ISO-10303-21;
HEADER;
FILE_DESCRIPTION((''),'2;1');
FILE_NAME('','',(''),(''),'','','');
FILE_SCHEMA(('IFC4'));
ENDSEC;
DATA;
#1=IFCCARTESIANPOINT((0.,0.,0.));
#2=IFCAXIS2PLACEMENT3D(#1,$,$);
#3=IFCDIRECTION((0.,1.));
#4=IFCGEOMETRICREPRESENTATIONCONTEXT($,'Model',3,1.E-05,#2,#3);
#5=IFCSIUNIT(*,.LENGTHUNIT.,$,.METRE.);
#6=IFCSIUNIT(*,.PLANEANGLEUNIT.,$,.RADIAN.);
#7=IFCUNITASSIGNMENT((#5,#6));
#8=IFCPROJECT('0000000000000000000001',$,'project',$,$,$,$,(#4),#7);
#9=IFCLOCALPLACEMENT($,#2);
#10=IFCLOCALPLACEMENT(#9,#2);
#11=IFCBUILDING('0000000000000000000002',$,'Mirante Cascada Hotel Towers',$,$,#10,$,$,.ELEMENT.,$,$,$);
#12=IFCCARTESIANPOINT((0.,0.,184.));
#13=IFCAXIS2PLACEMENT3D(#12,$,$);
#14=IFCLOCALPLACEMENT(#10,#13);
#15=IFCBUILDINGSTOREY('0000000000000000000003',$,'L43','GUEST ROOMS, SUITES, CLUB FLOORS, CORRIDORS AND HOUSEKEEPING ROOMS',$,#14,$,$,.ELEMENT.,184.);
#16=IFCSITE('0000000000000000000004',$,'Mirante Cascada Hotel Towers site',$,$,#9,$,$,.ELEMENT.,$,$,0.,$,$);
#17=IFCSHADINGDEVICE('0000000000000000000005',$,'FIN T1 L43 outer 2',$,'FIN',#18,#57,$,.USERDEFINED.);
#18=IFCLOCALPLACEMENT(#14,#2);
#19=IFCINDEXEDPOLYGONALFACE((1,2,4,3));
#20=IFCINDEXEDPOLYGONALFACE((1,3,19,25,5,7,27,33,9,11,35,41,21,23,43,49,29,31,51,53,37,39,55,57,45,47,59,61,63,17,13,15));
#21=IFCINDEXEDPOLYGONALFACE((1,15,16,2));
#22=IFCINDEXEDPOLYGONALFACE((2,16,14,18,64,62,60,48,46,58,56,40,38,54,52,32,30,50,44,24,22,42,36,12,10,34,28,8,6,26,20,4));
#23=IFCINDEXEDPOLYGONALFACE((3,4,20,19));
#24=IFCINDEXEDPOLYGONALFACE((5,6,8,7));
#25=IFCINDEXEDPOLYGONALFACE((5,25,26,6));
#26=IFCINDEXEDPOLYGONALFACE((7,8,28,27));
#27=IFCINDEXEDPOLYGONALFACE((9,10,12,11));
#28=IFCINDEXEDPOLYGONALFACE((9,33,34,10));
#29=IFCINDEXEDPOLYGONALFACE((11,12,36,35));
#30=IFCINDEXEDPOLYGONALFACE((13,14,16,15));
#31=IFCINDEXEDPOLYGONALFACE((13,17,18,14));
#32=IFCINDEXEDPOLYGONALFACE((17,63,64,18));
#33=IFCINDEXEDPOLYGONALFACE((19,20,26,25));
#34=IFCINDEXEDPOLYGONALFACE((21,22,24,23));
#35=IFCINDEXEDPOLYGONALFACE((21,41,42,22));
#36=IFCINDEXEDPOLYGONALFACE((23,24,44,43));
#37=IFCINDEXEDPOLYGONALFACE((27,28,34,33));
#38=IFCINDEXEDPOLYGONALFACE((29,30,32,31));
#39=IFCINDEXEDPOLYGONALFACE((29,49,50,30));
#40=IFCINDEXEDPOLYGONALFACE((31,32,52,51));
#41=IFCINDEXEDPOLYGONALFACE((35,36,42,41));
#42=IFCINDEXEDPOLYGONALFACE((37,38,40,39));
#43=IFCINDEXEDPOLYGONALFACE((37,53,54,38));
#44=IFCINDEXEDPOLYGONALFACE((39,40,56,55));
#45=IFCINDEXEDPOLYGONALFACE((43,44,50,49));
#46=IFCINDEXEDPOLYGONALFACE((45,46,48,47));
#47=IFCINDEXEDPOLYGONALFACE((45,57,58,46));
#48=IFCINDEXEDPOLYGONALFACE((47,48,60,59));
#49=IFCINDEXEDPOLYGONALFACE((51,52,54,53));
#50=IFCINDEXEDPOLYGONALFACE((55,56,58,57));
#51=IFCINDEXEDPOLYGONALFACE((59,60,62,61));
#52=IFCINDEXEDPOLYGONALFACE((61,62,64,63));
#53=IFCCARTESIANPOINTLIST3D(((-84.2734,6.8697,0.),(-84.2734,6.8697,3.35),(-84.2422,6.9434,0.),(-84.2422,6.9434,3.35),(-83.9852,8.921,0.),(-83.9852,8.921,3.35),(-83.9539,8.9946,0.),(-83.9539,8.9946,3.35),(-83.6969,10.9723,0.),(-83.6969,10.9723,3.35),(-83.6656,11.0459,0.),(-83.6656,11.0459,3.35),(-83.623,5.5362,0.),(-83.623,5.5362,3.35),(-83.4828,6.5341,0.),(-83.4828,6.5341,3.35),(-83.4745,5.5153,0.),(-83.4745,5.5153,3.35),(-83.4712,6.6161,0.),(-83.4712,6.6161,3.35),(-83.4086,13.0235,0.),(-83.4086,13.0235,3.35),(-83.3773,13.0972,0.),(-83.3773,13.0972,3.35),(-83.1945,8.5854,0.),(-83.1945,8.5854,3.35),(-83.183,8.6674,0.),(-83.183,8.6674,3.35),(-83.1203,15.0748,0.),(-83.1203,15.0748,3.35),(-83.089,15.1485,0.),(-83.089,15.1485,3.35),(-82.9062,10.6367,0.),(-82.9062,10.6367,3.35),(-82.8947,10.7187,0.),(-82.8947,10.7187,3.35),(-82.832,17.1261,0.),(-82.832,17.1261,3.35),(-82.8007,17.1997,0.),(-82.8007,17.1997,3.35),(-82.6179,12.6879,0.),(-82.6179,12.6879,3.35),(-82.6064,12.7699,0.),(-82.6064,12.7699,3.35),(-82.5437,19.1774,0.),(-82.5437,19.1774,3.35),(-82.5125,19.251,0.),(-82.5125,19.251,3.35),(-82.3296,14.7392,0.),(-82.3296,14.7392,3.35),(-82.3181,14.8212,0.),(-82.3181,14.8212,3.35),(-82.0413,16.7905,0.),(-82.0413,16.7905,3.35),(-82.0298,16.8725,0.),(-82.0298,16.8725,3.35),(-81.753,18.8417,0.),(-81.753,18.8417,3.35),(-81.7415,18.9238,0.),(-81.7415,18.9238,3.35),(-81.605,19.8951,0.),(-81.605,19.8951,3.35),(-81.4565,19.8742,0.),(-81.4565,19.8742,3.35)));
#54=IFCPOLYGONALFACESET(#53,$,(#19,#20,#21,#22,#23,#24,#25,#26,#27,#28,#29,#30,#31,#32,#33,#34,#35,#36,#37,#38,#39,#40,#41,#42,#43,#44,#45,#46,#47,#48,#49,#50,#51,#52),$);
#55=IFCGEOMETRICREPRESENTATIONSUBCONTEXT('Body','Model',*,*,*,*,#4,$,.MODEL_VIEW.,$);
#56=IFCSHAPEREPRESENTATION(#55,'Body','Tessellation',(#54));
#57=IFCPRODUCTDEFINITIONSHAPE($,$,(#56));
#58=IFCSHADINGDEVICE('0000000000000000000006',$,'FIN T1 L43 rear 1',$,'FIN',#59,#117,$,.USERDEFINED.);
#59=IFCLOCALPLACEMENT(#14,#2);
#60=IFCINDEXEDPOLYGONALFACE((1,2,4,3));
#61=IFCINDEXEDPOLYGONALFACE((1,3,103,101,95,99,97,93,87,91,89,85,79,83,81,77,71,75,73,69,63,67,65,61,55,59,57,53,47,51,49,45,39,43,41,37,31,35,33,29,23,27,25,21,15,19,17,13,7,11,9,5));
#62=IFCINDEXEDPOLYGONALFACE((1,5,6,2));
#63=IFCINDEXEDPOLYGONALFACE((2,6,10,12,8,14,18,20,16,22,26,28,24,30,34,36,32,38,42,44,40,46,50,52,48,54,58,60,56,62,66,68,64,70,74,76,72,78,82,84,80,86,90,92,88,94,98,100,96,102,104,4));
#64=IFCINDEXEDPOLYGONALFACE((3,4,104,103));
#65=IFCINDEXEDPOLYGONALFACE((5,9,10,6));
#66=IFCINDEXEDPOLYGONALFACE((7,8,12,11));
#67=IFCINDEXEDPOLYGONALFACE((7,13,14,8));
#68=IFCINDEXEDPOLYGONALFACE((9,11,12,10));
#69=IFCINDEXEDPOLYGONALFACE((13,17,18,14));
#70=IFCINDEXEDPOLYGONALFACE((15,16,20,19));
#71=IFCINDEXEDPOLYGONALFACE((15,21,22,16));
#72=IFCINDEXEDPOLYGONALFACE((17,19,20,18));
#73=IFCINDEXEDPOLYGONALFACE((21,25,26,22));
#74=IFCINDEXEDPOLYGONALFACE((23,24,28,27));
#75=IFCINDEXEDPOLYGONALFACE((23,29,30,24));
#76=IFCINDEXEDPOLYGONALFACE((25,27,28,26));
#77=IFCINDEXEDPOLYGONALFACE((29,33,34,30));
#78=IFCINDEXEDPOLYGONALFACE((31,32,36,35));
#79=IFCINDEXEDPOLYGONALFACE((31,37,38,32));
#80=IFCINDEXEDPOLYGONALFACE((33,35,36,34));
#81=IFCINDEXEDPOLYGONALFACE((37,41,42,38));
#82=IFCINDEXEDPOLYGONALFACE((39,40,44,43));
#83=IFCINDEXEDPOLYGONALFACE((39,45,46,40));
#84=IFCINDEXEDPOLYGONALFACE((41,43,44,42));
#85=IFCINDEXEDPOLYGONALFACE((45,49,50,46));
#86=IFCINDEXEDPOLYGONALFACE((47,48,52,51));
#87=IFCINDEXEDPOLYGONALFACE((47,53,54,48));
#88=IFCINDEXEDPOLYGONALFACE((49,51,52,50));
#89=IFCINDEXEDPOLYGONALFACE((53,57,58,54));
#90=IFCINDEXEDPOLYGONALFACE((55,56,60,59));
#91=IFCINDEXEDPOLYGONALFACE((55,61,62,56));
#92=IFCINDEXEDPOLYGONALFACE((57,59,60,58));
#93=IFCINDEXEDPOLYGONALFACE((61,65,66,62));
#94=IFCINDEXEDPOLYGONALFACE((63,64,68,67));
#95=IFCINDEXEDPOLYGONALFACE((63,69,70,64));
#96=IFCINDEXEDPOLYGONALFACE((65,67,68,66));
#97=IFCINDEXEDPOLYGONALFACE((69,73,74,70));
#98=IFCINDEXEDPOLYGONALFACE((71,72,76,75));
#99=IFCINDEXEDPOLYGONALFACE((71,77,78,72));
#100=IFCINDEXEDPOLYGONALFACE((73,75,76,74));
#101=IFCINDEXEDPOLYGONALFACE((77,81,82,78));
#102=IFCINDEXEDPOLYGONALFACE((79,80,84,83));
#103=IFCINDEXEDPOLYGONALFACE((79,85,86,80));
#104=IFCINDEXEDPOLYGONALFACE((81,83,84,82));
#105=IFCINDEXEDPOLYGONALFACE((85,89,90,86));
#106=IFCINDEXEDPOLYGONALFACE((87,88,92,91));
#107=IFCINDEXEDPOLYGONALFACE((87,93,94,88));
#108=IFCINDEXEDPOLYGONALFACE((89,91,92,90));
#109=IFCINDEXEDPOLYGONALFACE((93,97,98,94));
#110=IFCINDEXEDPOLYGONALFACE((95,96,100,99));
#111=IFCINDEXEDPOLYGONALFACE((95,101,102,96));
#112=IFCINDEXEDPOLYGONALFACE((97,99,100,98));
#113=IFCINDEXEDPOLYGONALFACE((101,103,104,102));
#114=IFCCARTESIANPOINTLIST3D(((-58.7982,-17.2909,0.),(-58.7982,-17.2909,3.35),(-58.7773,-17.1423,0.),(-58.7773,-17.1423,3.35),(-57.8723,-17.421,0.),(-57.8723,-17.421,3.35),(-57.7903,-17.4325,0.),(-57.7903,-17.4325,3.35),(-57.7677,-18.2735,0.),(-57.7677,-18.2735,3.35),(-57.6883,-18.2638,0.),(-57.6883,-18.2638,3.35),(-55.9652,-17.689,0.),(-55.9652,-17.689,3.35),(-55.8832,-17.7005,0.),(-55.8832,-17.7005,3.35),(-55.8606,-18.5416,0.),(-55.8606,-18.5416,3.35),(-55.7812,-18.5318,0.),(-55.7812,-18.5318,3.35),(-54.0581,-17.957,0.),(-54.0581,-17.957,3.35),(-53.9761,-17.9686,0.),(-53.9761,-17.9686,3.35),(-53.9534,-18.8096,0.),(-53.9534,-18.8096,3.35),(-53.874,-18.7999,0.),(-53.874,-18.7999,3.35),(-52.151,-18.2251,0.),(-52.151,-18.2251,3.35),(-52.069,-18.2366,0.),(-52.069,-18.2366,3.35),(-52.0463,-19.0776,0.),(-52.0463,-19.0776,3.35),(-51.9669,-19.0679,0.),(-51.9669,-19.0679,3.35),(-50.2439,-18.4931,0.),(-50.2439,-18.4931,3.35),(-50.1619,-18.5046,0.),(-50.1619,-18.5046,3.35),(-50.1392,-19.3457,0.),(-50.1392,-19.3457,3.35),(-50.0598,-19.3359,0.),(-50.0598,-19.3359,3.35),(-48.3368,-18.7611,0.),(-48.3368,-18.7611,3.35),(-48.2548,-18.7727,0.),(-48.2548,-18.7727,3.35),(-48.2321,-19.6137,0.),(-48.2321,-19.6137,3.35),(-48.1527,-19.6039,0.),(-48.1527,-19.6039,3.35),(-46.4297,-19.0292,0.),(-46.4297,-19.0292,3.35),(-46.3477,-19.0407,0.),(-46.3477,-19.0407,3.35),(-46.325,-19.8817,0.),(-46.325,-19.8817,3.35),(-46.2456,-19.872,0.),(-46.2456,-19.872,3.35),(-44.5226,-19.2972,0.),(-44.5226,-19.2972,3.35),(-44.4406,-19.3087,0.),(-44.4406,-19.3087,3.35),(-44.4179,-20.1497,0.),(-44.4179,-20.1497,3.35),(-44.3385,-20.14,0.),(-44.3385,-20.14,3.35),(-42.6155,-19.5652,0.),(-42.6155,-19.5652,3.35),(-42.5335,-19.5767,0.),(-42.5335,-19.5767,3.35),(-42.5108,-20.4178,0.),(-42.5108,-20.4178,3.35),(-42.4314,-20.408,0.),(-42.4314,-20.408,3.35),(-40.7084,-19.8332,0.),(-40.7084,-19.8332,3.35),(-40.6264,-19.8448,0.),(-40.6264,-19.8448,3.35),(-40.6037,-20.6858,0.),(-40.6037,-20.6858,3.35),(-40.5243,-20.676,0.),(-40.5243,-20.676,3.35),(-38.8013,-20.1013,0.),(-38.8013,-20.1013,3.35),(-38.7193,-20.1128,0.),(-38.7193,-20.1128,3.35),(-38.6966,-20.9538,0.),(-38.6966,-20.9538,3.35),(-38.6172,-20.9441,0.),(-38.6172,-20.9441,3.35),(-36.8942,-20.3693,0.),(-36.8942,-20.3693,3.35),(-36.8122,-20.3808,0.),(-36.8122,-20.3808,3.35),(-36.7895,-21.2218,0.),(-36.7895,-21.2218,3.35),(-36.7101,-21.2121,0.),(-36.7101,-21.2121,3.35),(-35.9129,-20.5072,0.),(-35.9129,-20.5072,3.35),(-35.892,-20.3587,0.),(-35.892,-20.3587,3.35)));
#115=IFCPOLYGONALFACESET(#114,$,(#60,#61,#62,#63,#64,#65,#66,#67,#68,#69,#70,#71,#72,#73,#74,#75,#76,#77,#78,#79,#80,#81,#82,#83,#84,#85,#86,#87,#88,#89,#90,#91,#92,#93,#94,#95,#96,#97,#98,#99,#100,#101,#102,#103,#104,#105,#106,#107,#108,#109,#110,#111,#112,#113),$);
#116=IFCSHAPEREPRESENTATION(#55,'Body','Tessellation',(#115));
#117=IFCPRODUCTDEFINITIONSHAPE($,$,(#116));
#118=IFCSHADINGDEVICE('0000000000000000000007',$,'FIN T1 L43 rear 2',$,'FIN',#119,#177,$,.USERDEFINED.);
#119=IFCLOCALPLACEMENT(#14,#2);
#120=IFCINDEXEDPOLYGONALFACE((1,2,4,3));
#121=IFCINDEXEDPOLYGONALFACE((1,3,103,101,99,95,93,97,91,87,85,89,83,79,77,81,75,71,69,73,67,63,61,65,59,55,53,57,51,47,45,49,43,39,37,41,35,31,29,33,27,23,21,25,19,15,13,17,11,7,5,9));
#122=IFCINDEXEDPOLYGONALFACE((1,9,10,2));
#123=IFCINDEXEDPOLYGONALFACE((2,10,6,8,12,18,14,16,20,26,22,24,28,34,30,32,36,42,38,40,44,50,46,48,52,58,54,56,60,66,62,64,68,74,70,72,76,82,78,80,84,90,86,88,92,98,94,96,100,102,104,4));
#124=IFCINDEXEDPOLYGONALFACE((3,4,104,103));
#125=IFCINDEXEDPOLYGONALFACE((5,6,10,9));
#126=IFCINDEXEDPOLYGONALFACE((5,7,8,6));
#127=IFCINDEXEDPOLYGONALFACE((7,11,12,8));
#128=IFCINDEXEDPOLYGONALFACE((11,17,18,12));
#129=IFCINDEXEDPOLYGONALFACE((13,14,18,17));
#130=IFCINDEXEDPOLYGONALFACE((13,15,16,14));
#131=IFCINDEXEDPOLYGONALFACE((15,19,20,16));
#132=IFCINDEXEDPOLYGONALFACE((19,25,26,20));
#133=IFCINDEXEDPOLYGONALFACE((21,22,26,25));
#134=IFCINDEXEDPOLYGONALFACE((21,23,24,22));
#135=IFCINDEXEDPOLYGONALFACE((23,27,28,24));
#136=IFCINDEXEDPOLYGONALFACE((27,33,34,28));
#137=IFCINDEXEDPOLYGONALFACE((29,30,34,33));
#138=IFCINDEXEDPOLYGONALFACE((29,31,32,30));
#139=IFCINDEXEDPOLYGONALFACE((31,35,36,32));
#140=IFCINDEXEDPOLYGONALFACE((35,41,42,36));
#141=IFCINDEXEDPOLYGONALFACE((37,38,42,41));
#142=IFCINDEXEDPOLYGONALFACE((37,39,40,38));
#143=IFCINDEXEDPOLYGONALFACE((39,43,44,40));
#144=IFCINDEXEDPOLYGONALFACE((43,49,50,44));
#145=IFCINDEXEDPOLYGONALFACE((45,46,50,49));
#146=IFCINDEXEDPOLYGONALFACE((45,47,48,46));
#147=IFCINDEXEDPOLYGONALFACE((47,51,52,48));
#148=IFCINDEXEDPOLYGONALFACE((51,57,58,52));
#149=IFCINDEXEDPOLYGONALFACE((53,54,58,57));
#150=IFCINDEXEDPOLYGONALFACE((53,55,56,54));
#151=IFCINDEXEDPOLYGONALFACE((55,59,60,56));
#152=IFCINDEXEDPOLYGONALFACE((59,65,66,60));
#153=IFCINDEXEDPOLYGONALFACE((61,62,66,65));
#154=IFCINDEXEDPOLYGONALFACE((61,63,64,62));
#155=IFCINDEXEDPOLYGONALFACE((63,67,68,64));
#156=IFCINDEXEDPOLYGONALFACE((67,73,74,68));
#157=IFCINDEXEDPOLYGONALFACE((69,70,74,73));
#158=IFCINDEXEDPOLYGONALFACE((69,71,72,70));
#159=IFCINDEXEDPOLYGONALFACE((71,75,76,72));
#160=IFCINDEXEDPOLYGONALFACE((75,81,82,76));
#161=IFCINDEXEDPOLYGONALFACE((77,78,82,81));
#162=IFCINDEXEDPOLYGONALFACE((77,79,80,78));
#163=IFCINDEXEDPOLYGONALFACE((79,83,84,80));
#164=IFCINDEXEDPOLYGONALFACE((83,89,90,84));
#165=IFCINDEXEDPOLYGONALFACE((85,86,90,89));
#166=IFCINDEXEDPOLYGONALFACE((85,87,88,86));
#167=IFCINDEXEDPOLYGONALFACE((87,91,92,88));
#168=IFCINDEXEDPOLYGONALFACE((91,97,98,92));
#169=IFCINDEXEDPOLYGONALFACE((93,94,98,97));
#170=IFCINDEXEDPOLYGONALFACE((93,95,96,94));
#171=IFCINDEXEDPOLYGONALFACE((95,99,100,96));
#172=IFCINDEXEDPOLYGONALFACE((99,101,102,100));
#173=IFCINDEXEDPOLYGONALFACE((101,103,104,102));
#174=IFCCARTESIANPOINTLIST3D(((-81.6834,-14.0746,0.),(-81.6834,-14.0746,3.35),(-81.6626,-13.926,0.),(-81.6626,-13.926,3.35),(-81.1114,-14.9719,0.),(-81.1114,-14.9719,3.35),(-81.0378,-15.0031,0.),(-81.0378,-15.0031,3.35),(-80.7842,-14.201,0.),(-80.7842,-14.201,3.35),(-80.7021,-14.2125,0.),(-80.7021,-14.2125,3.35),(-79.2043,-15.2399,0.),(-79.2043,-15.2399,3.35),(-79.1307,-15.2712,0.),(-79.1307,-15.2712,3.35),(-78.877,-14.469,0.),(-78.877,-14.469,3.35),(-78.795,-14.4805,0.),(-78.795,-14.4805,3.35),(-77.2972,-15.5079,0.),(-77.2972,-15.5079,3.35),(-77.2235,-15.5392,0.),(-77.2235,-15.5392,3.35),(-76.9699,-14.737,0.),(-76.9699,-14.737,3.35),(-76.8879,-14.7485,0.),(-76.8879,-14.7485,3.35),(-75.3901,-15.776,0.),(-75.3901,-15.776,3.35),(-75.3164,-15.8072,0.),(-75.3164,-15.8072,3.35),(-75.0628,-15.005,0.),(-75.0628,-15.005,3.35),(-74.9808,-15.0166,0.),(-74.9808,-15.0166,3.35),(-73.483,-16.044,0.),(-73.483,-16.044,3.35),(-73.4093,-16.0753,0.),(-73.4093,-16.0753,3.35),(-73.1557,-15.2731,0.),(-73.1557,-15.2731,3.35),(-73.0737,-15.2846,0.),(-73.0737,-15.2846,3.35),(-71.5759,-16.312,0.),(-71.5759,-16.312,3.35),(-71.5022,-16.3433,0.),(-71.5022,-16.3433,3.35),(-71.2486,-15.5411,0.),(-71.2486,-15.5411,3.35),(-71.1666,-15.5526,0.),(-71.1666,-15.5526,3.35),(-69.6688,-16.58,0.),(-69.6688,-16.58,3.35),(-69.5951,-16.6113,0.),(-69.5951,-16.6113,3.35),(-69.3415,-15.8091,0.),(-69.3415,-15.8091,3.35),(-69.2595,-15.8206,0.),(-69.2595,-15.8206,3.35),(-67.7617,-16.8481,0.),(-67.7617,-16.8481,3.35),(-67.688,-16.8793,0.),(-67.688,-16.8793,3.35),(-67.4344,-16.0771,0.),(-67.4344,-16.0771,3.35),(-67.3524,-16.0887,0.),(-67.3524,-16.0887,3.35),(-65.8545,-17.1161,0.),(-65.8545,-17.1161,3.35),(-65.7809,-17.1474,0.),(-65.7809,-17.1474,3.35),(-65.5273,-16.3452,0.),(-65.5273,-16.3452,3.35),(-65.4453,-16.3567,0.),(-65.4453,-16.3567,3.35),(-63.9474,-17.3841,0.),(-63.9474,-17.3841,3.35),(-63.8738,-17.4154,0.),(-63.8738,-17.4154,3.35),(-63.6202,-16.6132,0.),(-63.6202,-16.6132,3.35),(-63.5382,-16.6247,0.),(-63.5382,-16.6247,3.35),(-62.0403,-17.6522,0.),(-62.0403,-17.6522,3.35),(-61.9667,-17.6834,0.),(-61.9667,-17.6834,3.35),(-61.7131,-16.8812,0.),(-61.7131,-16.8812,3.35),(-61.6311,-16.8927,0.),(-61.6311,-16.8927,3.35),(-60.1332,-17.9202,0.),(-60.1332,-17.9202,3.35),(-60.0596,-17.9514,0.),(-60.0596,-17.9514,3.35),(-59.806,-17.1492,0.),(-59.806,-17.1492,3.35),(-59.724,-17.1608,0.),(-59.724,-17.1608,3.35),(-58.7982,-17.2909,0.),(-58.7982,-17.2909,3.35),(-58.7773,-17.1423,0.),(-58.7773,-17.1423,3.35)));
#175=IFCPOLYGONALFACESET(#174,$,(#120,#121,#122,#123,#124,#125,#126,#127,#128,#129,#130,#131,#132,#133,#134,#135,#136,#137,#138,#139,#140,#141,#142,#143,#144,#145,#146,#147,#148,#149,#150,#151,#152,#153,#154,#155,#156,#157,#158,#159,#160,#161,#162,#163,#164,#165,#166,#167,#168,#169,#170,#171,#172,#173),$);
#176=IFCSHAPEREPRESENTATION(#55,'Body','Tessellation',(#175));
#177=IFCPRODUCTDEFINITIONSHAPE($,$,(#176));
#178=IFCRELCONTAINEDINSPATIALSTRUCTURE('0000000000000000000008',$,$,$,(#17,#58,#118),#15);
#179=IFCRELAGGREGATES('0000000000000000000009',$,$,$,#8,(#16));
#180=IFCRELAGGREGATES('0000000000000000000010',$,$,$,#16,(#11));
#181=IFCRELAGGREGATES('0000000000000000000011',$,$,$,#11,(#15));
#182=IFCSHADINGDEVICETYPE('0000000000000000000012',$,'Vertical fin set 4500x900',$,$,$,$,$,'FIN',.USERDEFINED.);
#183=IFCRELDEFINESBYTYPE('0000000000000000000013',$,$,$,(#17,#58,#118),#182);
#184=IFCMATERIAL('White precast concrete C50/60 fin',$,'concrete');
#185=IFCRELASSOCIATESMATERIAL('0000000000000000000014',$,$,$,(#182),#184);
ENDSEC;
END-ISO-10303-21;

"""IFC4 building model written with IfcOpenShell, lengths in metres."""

from ifc_helpers import new_model, si_unit, direction, frame, origin, place, context, subcontext, project, spatial, polyline, outline, extrude, material, type_object, element, save


model = new_model("IFC4")

# Units and contexts
model_context = context("Model", 3, precision=1e-05, world=origin(), true_north=direction((0.0, 1.0)))
body_context = subcontext(model_context, "Body", "Model", "MODEL_VIEW")
ifc_project = project(units=[si_unit("LENGTHUNIT", "METRE"), si_unit("PLANEANGLEUNIT", "RADIAN")], contexts=[model_context])

# Site, building, storey
site_placement = place(None, origin())
site = spatial("IfcSite", under=ifc_project, at=site_placement, Name="Mirante Cascada Hotel Towers site", CompositionType="ELEMENT", RefElevation=0.0)
building_placement = place(site_placement, origin())
building = spatial("IfcBuilding", under=site, at=building_placement, Name="Mirante Cascada Hotel Towers", CompositionType="ELEMENT")
storey_placement = place(building_placement, frame((0.0, 0.0, 184.0)))
storey = spatial("IfcBuildingStorey", under=building, at=storey_placement, Name="L43", Description="GUEST ROOMS, SUITES, CLUB FLOORS, CORRIDORS AND HOUSEKEEPING ROOMS", CompositionType="ELEMENT", Elevation=184.0)

# Shading devices
ifc_material_1 = material(Name="White precast concrete C50/60 fin", Category="concrete")
shading_device_type = type_object("IfcShadingDeviceType", Name="Vertical fin set 4500x900", ElementType="FIN", PredefinedType="USERDEFINED", material=ifc_material_1)
shading_device_1_placement = place(storey_placement, origin())
element("IfcShadingDevice", 1, at=shading_device_1_placement, inside=storey, type_object=shading_device_type, Name="FIN T1 L43 outer 2", ObjectType="FIN", PredefinedType="USERDEFINED", context=body_context, shape_type="SweptSolid", body=[
    extrude(outline(polyline([(-83.4712, 6.6161), (-83.1945, 8.5854), (-83.9852, 8.921), (-83.9539, 8.9946), (-83.183, 8.6674), (-82.9062, 10.6367), (-83.6969, 10.9723), (-83.6656, 11.0459), (-82.8947, 10.7187), (-82.6179, 12.6879), (-83.4086, 13.0235), (-83.3773, 13.0972), (-82.6064, 12.7699), (-82.3296, 14.7392), (-83.1203, 15.0748), (-83.089, 15.1485), (-82.3181, 14.8212), (-82.0413, 16.7905), (-82.832, 17.1261), (-82.8007, 17.1997), (-82.0298, 16.8725), (-81.753, 18.8417), (-82.5437, 19.1774), (-82.5125, 19.251), (-81.7415, 18.9238), (-81.605, 19.8951), (-81.4565, 19.8742), (-83.4745, 5.5153), (-83.623, 5.5362), (-83.4828, 6.5341), (-84.2734, 6.8697), (-84.2422, 6.9434), (-83.4712, 6.6161)])), origin(), (0.0, 0.0, 1.0), 3.35),
])
shading_device_2_placement = place(storey_placement, origin())
element("IfcShadingDevice", 2, at=shading_device_2_placement, inside=storey, type_object=shading_device_type, Name="FIN T1 L43 rear 1", ObjectType="FIN", PredefinedType="USERDEFINED", context=body_context, shape_type="SweptSolid", body=[
    extrude(outline(polyline([(-48.3368, -18.7611), (-50.1619, -18.5046), (-50.0598, -19.3359), (-50.1392, -19.3457), (-50.2439, -18.4931), (-52.069, -18.2366), (-51.9669, -19.0679), (-52.0463, -19.0776), (-52.151, -18.2251), (-53.9761, -17.9686), (-53.874, -18.7999), (-53.9534, -18.8096), (-54.0581, -17.957), (-55.8832, -17.7005), (-55.7812, -18.5318), (-55.8606, -18.5416), (-55.9652, -17.689), (-57.7903, -17.4325), (-57.6883, -18.2638), (-57.7677, -18.2735), (-57.8723, -17.421), (-58.7982, -17.2909), (-58.7773, -17.1423), (-35.892, -20.3587), (-35.9129, -20.5072), (-36.8122, -20.3808), (-36.7101, -21.2121), (-36.7895, -21.2218), (-36.8942, -20.3693), (-38.7193, -20.1128), (-38.6172, -20.9441), (-38.6966, -20.9538), (-38.8013, -20.1013), (-40.6264, -19.8448), (-40.5243, -20.676), (-40.6037, -20.6858), (-40.7084, -19.8332), (-42.5335, -19.5767), (-42.4314, -20.408), (-42.5108, -20.4178), (-42.6155, -19.5652), (-44.4406, -19.3087), (-44.3385, -20.14), (-44.4179, -20.1497), (-44.5226, -19.2972), (-46.3477, -19.0407), (-46.2456, -19.872), (-46.325, -19.8817), (-46.4297, -19.0292), (-48.2548, -18.7727), (-48.1527, -19.6039), (-48.2321, -19.6137), (-48.3368, -18.7611)])), origin(), (0.0, 0.0, 1.0), 3.35),
])
shading_device_3_placement = place(storey_placement, origin())
element("IfcShadingDevice", 3, at=shading_device_3_placement, inside=storey, type_object=shading_device_type, Name="FIN T1 L43 rear 2", ObjectType="FIN", PredefinedType="USERDEFINED", context=body_context, shape_type="SweptSolid", body=[
    extrude(outline(polyline([(-71.2486, -15.5411), (-73.0737, -15.2846), (-73.4093, -16.0753), (-73.483, -16.044), (-73.1557, -15.2731), (-74.9808, -15.0166), (-75.3164, -15.8072), (-75.3901, -15.776), (-75.0628, -15.005), (-76.8879, -14.7485), (-77.2235, -15.5392), (-77.2972, -15.5079), (-76.9699, -14.737), (-78.795, -14.4805), (-79.1307, -15.2712), (-79.2043, -15.2399), (-78.877, -14.469), (-80.7021, -14.2125), (-81.0378, -15.0031), (-81.1114, -14.9719), (-80.7842, -14.201), (-81.6834, -14.0746), (-81.6626, -13.926), (-58.7773, -17.1423), (-58.7982, -17.2909), (-59.724, -17.1608), (-60.0596, -17.9514), (-60.1332, -17.9202), (-59.806, -17.1492), (-61.6311, -16.8927), (-61.9667, -17.6834), (-62.0403, -17.6522), (-61.7131, -16.8812), (-63.5382, -16.6247), (-63.8738, -17.4154), (-63.9474, -17.3841), (-63.6202, -16.6132), (-65.4453, -16.3567), (-65.7809, -17.1474), (-65.8545, -17.1161), (-65.5273, -16.3452), (-67.3524, -16.0887), (-67.688, -16.8793), (-67.7617, -16.8481), (-67.4344, -16.0771), (-69.2595, -15.8206), (-69.5951, -16.6113), (-69.6688, -16.58), (-69.3415, -15.8091), (-71.1666, -15.5526), (-71.5022, -16.3433), (-71.5759, -16.312), (-71.2486, -15.5411)])), origin(), (0.0, 0.0, 1.0), 3.35),
])

save(model, "model.ifc")
